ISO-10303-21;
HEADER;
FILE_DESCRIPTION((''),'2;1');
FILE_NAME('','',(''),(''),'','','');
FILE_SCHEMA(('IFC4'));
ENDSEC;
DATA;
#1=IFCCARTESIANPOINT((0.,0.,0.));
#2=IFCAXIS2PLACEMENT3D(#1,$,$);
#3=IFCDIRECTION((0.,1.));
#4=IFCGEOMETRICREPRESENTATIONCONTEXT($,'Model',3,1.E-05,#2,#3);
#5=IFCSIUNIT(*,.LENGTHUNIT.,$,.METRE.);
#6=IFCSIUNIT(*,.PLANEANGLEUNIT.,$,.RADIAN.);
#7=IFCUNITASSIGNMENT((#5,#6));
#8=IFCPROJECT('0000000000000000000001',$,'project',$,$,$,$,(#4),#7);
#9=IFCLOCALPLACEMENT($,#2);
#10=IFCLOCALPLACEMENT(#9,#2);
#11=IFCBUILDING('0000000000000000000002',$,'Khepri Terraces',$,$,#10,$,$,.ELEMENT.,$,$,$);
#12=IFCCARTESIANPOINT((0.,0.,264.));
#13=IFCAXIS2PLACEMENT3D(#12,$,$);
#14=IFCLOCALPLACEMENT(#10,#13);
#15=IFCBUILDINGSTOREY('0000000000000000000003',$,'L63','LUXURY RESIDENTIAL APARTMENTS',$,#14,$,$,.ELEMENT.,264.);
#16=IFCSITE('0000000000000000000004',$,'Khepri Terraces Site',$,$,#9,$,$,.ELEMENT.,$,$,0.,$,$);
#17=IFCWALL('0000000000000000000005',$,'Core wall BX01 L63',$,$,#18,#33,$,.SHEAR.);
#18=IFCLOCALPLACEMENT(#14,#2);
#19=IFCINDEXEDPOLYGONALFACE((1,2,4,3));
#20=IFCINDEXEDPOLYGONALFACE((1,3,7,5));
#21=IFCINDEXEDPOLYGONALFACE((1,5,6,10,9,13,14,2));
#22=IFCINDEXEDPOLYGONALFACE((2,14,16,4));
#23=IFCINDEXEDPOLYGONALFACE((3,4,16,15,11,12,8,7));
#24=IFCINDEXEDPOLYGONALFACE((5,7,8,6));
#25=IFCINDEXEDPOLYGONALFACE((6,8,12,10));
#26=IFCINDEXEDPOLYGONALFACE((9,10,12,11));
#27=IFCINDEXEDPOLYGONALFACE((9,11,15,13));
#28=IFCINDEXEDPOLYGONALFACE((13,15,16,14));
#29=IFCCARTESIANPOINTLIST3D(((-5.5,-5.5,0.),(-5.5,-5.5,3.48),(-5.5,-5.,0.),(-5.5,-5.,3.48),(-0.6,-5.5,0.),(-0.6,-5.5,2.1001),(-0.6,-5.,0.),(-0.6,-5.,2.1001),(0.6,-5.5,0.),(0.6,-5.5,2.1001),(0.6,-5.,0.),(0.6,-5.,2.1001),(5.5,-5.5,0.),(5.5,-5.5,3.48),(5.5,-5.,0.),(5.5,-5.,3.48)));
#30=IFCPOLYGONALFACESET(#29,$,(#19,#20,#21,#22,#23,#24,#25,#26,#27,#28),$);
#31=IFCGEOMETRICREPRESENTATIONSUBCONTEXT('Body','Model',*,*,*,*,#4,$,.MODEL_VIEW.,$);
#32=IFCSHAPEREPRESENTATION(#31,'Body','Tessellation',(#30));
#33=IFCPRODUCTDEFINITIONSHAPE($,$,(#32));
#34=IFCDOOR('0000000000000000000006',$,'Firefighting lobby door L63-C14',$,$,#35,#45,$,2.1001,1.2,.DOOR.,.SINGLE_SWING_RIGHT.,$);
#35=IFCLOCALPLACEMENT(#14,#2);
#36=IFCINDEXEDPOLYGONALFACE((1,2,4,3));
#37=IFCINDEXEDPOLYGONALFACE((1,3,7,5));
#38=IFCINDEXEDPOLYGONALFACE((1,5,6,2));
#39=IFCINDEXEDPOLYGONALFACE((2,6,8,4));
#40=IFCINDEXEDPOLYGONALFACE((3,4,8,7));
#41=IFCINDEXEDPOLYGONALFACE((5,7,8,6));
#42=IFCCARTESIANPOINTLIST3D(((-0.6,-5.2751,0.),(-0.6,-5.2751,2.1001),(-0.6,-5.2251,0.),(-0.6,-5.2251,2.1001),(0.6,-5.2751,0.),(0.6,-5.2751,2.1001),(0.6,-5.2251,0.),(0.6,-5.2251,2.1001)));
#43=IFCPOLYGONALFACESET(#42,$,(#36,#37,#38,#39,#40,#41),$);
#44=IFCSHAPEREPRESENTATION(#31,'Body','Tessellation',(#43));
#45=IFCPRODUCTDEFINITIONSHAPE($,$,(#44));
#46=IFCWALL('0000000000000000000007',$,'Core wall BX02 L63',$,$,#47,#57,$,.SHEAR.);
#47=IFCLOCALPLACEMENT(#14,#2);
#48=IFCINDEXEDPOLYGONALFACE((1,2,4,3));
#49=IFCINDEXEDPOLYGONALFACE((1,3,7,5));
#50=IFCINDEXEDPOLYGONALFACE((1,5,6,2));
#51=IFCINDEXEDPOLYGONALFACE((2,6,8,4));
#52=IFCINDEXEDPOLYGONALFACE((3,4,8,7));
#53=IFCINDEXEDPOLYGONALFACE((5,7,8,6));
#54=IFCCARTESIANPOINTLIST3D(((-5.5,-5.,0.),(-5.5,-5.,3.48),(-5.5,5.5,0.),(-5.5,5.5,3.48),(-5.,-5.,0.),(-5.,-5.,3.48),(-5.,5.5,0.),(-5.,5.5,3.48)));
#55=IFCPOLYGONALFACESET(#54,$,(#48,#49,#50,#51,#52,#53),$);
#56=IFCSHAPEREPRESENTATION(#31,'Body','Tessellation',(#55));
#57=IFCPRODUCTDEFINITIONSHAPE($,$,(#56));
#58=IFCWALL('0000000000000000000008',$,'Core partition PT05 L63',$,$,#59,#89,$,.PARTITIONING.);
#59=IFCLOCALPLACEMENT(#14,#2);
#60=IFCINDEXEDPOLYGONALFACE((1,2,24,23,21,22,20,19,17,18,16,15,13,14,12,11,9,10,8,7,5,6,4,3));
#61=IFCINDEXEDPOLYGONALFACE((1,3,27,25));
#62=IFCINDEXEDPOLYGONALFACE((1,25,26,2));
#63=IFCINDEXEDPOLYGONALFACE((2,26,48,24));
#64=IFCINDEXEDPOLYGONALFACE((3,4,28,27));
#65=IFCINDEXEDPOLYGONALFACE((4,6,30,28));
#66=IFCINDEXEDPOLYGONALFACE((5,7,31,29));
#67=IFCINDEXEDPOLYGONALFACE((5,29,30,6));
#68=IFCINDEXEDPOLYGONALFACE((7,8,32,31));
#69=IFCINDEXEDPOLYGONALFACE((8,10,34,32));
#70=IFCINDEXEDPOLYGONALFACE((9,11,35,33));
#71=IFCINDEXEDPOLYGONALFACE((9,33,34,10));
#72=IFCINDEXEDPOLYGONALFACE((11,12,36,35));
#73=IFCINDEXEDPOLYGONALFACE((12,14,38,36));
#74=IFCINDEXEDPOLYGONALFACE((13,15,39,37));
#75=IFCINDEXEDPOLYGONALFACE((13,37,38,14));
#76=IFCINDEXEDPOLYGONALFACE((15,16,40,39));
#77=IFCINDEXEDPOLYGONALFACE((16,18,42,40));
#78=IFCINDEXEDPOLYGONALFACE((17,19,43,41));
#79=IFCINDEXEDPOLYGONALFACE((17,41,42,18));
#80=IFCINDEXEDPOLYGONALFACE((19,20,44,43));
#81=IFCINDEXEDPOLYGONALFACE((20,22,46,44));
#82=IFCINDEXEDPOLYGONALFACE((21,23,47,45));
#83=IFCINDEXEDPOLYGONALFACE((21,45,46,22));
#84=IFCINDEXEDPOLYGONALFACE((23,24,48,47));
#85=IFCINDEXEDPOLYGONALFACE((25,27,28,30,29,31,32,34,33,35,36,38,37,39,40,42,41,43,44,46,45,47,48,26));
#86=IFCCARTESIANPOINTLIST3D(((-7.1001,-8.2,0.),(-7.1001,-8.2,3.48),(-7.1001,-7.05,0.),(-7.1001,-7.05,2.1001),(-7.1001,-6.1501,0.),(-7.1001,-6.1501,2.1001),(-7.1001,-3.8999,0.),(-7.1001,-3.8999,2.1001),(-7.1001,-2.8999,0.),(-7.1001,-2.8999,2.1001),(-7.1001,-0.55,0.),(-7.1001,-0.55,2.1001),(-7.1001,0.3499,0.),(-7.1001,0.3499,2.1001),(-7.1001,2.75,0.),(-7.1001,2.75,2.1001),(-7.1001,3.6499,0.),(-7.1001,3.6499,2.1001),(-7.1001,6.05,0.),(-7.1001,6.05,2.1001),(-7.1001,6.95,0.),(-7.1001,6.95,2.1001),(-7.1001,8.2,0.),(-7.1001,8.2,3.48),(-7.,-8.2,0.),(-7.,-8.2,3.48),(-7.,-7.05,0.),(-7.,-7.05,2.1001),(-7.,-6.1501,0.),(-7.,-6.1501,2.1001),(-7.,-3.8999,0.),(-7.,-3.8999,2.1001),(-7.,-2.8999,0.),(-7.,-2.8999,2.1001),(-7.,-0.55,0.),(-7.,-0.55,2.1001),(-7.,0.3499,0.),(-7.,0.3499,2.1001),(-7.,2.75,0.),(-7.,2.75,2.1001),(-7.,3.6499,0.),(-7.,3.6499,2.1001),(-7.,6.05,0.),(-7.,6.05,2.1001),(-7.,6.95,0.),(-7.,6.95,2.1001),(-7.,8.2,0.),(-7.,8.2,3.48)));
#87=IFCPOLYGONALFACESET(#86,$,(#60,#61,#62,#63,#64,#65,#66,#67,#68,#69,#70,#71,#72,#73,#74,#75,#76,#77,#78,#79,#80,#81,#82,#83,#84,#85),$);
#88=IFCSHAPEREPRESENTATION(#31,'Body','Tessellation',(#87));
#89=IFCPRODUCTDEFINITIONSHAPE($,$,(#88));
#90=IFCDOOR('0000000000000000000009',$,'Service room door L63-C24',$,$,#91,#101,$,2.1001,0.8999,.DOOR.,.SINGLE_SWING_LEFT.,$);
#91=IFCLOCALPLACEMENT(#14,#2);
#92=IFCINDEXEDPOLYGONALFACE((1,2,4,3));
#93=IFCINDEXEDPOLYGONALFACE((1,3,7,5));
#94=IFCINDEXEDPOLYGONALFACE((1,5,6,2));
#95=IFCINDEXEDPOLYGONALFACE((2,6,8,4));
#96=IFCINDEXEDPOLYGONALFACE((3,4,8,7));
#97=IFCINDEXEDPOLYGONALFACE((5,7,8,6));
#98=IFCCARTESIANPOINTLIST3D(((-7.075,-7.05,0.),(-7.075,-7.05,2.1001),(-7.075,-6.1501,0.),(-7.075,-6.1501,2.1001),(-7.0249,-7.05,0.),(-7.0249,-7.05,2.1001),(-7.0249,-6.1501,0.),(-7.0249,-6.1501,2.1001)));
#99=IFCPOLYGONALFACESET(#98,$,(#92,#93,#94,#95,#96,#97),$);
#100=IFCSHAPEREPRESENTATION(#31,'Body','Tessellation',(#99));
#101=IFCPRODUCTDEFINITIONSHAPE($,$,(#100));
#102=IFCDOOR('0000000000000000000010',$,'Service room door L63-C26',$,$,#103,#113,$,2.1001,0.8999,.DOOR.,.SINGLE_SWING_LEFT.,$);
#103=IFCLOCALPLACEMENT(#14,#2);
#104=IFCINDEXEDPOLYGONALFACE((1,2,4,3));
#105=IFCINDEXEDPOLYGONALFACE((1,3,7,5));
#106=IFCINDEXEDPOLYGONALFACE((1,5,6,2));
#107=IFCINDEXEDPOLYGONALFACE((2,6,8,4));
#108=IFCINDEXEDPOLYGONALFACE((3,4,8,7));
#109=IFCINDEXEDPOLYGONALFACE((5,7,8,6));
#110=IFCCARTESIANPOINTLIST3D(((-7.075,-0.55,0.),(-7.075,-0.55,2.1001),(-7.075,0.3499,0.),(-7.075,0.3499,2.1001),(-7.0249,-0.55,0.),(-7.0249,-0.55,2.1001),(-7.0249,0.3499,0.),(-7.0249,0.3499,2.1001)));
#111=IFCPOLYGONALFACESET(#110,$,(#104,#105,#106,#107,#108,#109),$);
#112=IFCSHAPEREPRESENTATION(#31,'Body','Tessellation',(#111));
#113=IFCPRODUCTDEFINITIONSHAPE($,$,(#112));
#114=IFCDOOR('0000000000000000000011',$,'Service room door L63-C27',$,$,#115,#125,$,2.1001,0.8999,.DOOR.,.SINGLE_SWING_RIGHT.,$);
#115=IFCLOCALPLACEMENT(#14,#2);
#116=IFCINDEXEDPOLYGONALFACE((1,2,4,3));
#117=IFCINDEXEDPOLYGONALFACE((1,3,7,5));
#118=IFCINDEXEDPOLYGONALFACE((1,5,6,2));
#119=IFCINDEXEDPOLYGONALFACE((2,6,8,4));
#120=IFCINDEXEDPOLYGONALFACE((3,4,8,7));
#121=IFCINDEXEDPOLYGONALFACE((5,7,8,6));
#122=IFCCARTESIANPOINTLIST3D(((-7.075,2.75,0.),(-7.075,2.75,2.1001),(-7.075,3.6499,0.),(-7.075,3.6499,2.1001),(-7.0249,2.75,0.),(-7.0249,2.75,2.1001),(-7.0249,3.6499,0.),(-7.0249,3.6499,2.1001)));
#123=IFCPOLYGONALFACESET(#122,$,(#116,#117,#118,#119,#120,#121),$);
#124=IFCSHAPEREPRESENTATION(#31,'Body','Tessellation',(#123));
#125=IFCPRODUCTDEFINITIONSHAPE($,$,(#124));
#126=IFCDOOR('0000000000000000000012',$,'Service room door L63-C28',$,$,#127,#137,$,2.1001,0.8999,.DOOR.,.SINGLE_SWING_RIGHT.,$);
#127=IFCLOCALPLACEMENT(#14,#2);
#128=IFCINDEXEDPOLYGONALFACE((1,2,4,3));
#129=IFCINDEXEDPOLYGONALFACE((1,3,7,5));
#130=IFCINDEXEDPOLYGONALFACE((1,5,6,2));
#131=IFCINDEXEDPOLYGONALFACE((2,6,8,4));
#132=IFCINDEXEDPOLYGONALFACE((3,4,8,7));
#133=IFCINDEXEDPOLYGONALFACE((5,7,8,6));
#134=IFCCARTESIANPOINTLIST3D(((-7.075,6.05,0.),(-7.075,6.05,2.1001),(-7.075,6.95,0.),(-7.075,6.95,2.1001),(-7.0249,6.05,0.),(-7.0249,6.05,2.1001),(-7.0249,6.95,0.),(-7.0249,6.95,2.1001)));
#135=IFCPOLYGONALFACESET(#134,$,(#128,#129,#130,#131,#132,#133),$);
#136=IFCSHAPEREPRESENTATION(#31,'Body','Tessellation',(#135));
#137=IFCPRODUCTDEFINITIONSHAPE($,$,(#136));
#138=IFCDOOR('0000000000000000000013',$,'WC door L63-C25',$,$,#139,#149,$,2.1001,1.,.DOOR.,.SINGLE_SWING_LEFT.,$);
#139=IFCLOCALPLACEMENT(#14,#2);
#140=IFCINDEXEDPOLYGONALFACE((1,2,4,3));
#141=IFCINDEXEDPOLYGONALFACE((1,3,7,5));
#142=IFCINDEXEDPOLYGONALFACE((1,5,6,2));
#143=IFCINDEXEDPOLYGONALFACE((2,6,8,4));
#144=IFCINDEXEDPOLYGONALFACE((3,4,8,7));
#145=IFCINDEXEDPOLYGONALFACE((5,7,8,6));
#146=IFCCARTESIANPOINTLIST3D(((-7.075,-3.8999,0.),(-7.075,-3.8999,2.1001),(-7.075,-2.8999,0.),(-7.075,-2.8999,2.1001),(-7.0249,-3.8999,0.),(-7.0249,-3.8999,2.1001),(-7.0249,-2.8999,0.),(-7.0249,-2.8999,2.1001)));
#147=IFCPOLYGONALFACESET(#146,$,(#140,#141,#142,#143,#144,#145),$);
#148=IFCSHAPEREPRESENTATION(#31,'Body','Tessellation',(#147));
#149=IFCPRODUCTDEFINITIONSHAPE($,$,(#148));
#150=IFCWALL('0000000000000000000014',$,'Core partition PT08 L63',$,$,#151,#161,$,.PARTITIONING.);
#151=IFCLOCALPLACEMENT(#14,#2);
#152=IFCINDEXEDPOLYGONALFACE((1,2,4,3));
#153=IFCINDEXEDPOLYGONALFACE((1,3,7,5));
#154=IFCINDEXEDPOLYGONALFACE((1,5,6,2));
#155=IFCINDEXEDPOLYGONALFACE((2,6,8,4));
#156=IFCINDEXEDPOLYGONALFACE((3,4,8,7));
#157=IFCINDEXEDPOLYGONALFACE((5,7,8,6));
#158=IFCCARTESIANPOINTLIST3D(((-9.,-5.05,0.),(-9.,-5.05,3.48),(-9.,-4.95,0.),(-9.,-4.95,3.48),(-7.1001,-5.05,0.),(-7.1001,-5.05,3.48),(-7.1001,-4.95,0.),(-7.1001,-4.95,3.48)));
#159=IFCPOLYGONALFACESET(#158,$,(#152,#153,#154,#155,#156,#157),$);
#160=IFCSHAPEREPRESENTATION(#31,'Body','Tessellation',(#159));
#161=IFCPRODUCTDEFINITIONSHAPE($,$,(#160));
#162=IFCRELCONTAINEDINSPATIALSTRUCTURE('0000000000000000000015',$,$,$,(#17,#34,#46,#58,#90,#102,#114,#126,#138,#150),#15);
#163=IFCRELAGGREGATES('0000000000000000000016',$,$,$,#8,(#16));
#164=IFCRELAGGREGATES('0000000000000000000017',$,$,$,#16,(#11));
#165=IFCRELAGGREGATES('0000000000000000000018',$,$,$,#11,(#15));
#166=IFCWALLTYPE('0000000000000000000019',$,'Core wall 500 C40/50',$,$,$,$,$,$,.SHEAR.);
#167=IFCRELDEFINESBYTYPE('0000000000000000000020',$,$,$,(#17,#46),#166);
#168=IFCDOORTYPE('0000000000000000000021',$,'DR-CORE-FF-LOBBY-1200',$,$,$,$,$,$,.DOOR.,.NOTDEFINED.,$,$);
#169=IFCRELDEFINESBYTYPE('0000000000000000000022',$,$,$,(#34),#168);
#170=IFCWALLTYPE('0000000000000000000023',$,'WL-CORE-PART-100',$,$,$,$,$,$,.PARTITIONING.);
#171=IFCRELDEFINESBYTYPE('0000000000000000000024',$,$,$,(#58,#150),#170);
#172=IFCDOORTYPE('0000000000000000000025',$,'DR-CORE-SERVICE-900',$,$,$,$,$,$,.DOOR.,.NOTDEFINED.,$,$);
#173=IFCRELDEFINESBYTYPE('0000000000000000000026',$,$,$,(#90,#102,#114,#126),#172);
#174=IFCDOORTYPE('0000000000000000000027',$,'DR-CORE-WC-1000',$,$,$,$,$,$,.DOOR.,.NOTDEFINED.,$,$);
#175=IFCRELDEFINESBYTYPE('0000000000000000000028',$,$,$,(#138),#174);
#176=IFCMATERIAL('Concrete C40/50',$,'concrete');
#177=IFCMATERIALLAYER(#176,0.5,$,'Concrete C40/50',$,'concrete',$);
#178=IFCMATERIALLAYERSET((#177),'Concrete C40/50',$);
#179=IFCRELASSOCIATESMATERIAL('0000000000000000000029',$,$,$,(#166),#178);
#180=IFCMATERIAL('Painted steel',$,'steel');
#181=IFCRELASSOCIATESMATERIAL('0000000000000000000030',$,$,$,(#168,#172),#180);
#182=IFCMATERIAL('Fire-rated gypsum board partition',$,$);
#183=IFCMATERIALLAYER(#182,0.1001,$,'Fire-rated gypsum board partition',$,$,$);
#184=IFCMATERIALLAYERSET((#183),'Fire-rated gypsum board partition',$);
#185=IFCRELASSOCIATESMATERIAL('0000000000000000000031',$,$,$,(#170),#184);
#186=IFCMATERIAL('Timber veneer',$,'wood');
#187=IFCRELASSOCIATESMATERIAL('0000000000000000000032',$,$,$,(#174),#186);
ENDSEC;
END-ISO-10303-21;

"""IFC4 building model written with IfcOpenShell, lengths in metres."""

from ifc_helpers import new_model, si_unit, direction, frame, frame_2d, origin, place, context, subcontext, project, spatial, rectangle, extrude, material, layer, layer_set, type_object, element, fill, save


model = new_model("IFC4")

# Units and contexts
model_context = context("Model", 3, precision=1e-05, world=origin(), true_north=direction((0.0, 1.0)))
body_context = subcontext(model_context, "Body", "Model", "MODEL_VIEW")
ifc_project = project(units=[si_unit("LENGTHUNIT", "METRE"), si_unit("PLANEANGLEUNIT", "RADIAN")], contexts=[model_context])

# Site, building, storey
site_placement = place(None, origin())
site = spatial("IfcSite", under=ifc_project, at=site_placement, Name="Khepri Terraces Site", CompositionType="ELEMENT", RefElevation=0.0)
building_placement = place(site_placement, origin())
building = spatial("IfcBuilding", under=site, at=building_placement, Name="Khepri Terraces", CompositionType="ELEMENT")
storey_placement = place(building_placement, frame((0.0, 0.0, 264.0)))
storey = spatial("IfcBuildingStorey", under=building, at=storey_placement, Name="L63", Description="LUXURY RESIDENTIAL APARTMENTS", CompositionType="ELEMENT", Elevation=264.0)

# Shared definitions
ifc_material_1 = material(Name="Concrete C40/50", Category="concrete")

# Shared definitions
ifc_material_2 = material(Name="Painted steel", Category="steel")

# Wall, opening, door
ifc_layer_1 = layer(ifc_material_1, 0.5, Name="Concrete C40/50", Category="concrete")
ifc_layer_set_1 = layer_set([ifc_layer_1], Name="Concrete C40/50")
wall_type_1 = type_object("IfcWallType", Name="Core wall 500 C40/50", PredefinedType="SHEAR", material=ifc_layer_set_1)
wall_1_placement = place(storey_placement, frame((-5.5, -5.25, 0.0), z_axis=(0.0, 0.0, 1.0), x_axis=(1.0, 0.0, 0.0)))
wall_1 = element("IfcWall", 1, at=wall_1_placement, inside=storey, type_object=wall_type_1, Name="Core wall BX01 L63", PredefinedType="SHEAR", context=body_context, shape_type="SweptSolid", body=[
    extrude(rectangle(XDim=11.0, YDim=0.5, at=frame_2d((5.5, 0.0))), origin(), (0.0, 0.0, 1.0), 3.48),
])
opening_1_placement = place(wall_1_placement, frame((4.8999, 0.0, 0.0)))
opening_1 = element("IfcOpeningElement", 2, at=opening_1_placement, cuts=wall_1, PredefinedType="OPENING", context=body_context, shape_type="SweptSolid", body=[
    extrude(rectangle(XDim=1.2, YDim=2.1001, at=frame_2d((0.6001, 1.05))), frame((0.0, 0.26, 0.0), z_axis=(0.0, -1.0, 0.0), x_axis=(1.0, 0.0, 0.0)), (0.0, 0.0, 1.0), 0.52),
])
door_type_1 = type_object("IfcDoorType", Name="DR-CORE-FF-LOBBY-1200", OperationType="NOTDEFINED", PredefinedType="DOOR", material=ifc_material_2)
door_1_placement = place(opening_1_placement, origin())
door_1 = element("IfcDoor", 3, at=door_1_placement, inside=storey, type_object=door_type_1, Name="Firefighting lobby door L63-C14", OperationType="SINGLE_SWING_RIGHT", OverallHeight=2.1001, OverallWidth=1.2, PredefinedType="DOOR", context=body_context, shape_type="SweptSolid", body=[
    extrude(rectangle(XDim=1.2, YDim=2.1001, at=frame_2d((0.6001, 1.05))), frame((0.0, 0.0249, 0.0), z_axis=(0.0, -1.0, 0.0), x_axis=(1.0, 0.0, 0.0)), (0.0, 0.0, 1.0), 0.05),
])
fill(opening_1, door_1)

# Wall
wall_2_placement = place(storey_placement, frame((-5.25, -5.0, 0.0), z_axis=(0.0, 0.0, 1.0), x_axis=(0.0, 1.0, 0.0)))
element("IfcWall", 4, at=wall_2_placement, inside=storey, type_object=wall_type_1, Name="Core wall BX02 L63", PredefinedType="SHEAR", context=body_context, shape_type="SweptSolid", body=[
    extrude(rectangle(XDim=10.5, YDim=0.5, at=frame_2d((5.25, 0.0))), origin(), (0.0, 0.0, 1.0), 3.48),
])

# Wall, openings, doors
ifc_material_3 = material(Name="Fire-rated gypsum board partition")
ifc_layer_2 = layer(ifc_material_3, 0.1001, Name="Fire-rated gypsum board partition")
ifc_layer_set_2 = layer_set([ifc_layer_2], Name="Fire-rated gypsum board partition")
wall_type_2 = type_object("IfcWallType", Name="WL-CORE-PART-100", PredefinedType="PARTITIONING", material=ifc_layer_set_2)
wall_3_placement = place(storey_placement, frame((-7.05, -8.2, 0.0), z_axis=(0.0, 0.0, 1.0), x_axis=(0.0, 1.0, 0.0)))
wall_3 = element("IfcWall", 5, at=wall_3_placement, inside=storey, type_object=wall_type_2, Name="Core partition PT05 L63", PredefinedType="PARTITIONING", context=body_context, shape_type="SweptSolid", body=[
    extrude(rectangle(XDim=16.3999, YDim=0.1001, at=frame_2d((8.2, 0.0))), origin(), (0.0, 0.0, 1.0), 3.48),
])
opening_2_placement = place(wall_3_placement, frame((1.1499, 0.0, 0.0)))
opening_2 = element("IfcOpeningElement", 6, at=opening_2_placement, cuts=wall_3, PredefinedType="OPENING", context=body_context, shape_type="SweptSolid", body=[
    extrude(rectangle(XDim=0.8999, YDim=2.1001, at=frame_2d((0.45, 1.05))), frame((0.0, 0.0601, 0.0), z_axis=(0.0, -1.0, 0.0), x_axis=(1.0, 0.0, 0.0)), (0.0, 0.0, 1.0), 0.1201),
])
opening_3_placement = place(wall_3_placement, frame((4.3, 0.0, 0.0)))
opening_3 = element("IfcOpeningElement", 7, at=opening_3_placement, cuts=wall_3, PredefinedType="OPENING", context=body_context, shape_type="SweptSolid", body=[
    extrude(rectangle(XDim=1.0, YDim=2.1001, at=frame_2d((0.5, 1.05))), frame((0.0, 0.0601, 0.0), z_axis=(0.0, -1.0, 0.0), x_axis=(1.0, 0.0, 0.0)), (0.0, 0.0, 1.0), 0.1201),
])
opening_4_placement = place(wall_3_placement, frame((7.6499, 0.0, 0.0)))
opening_4 = element("IfcOpeningElement", 8, at=opening_4_placement, cuts=wall_3, PredefinedType="OPENING", context=body_context, shape_type="SweptSolid", body=[
    extrude(rectangle(XDim=0.8999, YDim=2.1001, at=frame_2d((0.45, 1.05))), frame((0.0, 0.0601, 0.0), z_axis=(0.0, -1.0, 0.0), x_axis=(1.0, 0.0, 0.0)), (0.0, 0.0, 1.0), 0.1201),
])
opening_5_placement = place(wall_3_placement, frame((10.95, 0.0, 0.0)))
opening_5 = element("IfcOpeningElement", 9, at=opening_5_placement, cuts=wall_3, PredefinedType="OPENING", context=body_context, shape_type="SweptSolid", body=[
    extrude(rectangle(XDim=0.8999, YDim=2.1001, at=frame_2d((0.45, 1.05))), frame((0.0, 0.0601, 0.0), z_axis=(0.0, -1.0, 0.0), x_axis=(1.0, 0.0, 0.0)), (0.0, 0.0, 1.0), 0.1201),
])
opening_6_placement = place(wall_3_placement, frame((14.25, 0.0, 0.0)))
opening_6 = element("IfcOpeningElement", 10, at=opening_6_placement, cuts=wall_3, PredefinedType="OPENING", context=body_context, shape_type="SweptSolid", body=[
    extrude(rectangle(XDim=0.8999, YDim=2.1001, at=frame_2d((0.45, 1.05))), frame((0.0, 0.0601, 0.0), z_axis=(0.0, -1.0, 0.0), x_axis=(1.0, 0.0, 0.0)), (0.0, 0.0, 1.0), 0.1201),
])
door_type_2 = type_object("IfcDoorType", Name="DR-CORE-SERVICE-900", OperationType="NOTDEFINED", PredefinedType="DOOR", material=ifc_material_2)
door_2_placement = place(opening_2_placement, origin())
door_2 = element("IfcDoor", 11, at=door_2_placement, inside=storey, type_object=door_type_2, Name="Service room door L63-C24", OperationType="SINGLE_SWING_LEFT", OverallHeight=2.1001, OverallWidth=0.8999, PredefinedType="DOOR", context=body_context, shape_type="SweptSolid", body=[
    extrude(rectangle(XDim=0.8999, YDim=2.1001, at=frame_2d((0.45, 1.05))), frame((0.0, 0.0249, 0.0), z_axis=(0.0, -1.0, 0.0), x_axis=(1.0, 0.0, 0.0)), (0.0, 0.0, 1.0), 0.05),
])
fill(opening_2, door_2)
door_3_placement = place(opening_4_placement, origin())
door_3 = element("IfcDoor", 12, at=door_3_placement, inside=storey, type_object=door_type_2, Name="Service room door L63-C26", OperationType="SINGLE_SWING_LEFT", OverallHeight=2.1001, OverallWidth=0.8999, PredefinedType="DOOR", context=body_context, shape_type="SweptSolid", body=[
    extrude(rectangle(XDim=0.8999, YDim=2.1001, at=frame_2d((0.45, 1.05))), frame((0.0, 0.0249, 0.0), z_axis=(0.0, -1.0, 0.0), x_axis=(1.0, 0.0, 0.0)), (0.0, 0.0, 1.0), 0.05),
])
fill(opening_4, door_3)
door_4_placement = place(opening_5_placement, origin())
door_4 = element("IfcDoor", 13, at=door_4_placement, inside=storey, type_object=door_type_2, Name="Service room door L63-C27", OperationType="SINGLE_SWING_RIGHT", OverallHeight=2.1001, OverallWidth=0.8999, PredefinedType="DOOR", context=body_context, shape_type="SweptSolid", body=[
    extrude(rectangle(XDim=0.8999, YDim=2.1001, at=frame_2d((0.45, 1.05))), frame((0.0, 0.0249, 0.0), z_axis=(0.0, -1.0, 0.0), x_axis=(1.0, 0.0, 0.0)), (0.0, 0.0, 1.0), 0.05),
])
fill(opening_5, door_4)
door_5_placement = place(opening_6_placement, origin())
door_5 = element("IfcDoor", 14, at=door_5_placement, inside=storey, type_object=door_type_2, Name="Service room door L63-C28", OperationType="SINGLE_SWING_RIGHT", OverallHeight=2.1001, OverallWidth=0.8999, PredefinedType="DOOR", context=body_context, shape_type="SweptSolid", body=[
    extrude(rectangle(XDim=0.8999, YDim=2.1001, at=frame_2d((0.45, 1.05))), frame((0.0, 0.0249, 0.0), z_axis=(0.0, -1.0, 0.0), x_axis=(1.0, 0.0, 0.0)), (0.0, 0.0, 1.0), 0.05),
])
fill(opening_6, door_5)
ifc_material_4 = material(Name="Timber veneer", Category="wood")
door_type_3 = type_object("IfcDoorType", Name="DR-CORE-WC-1000", OperationType="NOTDEFINED", PredefinedType="DOOR", material=ifc_material_4)
door_6_placement = place(opening_3_placement, origin())
door_6 = element("IfcDoor", 15, at=door_6_placement, inside=storey, type_object=door_type_3, Name="WC door L63-C25", OperationType="SINGLE_SWING_LEFT", OverallHeight=2.1001, OverallWidth=1.0, PredefinedType="DOOR", context=body_context, shape_type="SweptSolid", body=[
    extrude(rectangle(XDim=1.0, YDim=2.1001, at=frame_2d((0.5, 1.05))), frame((0.0, 0.0249, 0.0), z_axis=(0.0, -1.0, 0.0), x_axis=(1.0, 0.0, 0.0)), (0.0, 0.0, 1.0), 0.05),
])
fill(opening_3, door_6)

# Wall
for number, where, z_axis, x_axis, name in (
    (16, (-9.0, -5.0, 0.0), (0.0, 0.0, 1.0), (1.0, 0.0, 0.0), "Core partition PT08 L63"),
):
    element("IfcWall", number, at=place(storey_placement, frame(where, z_axis=z_axis, x_axis=x_axis)), inside=storey, type_object=wall_type_2, Name=name, PredefinedType="PARTITIONING", context=body_context, shape_type="SweptSolid", body=[
        extrude(rectangle(XDim=1.8999, YDim=0.1001, at=frame_2d((0.95, 0.0))), origin(), (0.0, 0.0, 1.0), 3.48),
    ])

save(model, "model.ifc")
